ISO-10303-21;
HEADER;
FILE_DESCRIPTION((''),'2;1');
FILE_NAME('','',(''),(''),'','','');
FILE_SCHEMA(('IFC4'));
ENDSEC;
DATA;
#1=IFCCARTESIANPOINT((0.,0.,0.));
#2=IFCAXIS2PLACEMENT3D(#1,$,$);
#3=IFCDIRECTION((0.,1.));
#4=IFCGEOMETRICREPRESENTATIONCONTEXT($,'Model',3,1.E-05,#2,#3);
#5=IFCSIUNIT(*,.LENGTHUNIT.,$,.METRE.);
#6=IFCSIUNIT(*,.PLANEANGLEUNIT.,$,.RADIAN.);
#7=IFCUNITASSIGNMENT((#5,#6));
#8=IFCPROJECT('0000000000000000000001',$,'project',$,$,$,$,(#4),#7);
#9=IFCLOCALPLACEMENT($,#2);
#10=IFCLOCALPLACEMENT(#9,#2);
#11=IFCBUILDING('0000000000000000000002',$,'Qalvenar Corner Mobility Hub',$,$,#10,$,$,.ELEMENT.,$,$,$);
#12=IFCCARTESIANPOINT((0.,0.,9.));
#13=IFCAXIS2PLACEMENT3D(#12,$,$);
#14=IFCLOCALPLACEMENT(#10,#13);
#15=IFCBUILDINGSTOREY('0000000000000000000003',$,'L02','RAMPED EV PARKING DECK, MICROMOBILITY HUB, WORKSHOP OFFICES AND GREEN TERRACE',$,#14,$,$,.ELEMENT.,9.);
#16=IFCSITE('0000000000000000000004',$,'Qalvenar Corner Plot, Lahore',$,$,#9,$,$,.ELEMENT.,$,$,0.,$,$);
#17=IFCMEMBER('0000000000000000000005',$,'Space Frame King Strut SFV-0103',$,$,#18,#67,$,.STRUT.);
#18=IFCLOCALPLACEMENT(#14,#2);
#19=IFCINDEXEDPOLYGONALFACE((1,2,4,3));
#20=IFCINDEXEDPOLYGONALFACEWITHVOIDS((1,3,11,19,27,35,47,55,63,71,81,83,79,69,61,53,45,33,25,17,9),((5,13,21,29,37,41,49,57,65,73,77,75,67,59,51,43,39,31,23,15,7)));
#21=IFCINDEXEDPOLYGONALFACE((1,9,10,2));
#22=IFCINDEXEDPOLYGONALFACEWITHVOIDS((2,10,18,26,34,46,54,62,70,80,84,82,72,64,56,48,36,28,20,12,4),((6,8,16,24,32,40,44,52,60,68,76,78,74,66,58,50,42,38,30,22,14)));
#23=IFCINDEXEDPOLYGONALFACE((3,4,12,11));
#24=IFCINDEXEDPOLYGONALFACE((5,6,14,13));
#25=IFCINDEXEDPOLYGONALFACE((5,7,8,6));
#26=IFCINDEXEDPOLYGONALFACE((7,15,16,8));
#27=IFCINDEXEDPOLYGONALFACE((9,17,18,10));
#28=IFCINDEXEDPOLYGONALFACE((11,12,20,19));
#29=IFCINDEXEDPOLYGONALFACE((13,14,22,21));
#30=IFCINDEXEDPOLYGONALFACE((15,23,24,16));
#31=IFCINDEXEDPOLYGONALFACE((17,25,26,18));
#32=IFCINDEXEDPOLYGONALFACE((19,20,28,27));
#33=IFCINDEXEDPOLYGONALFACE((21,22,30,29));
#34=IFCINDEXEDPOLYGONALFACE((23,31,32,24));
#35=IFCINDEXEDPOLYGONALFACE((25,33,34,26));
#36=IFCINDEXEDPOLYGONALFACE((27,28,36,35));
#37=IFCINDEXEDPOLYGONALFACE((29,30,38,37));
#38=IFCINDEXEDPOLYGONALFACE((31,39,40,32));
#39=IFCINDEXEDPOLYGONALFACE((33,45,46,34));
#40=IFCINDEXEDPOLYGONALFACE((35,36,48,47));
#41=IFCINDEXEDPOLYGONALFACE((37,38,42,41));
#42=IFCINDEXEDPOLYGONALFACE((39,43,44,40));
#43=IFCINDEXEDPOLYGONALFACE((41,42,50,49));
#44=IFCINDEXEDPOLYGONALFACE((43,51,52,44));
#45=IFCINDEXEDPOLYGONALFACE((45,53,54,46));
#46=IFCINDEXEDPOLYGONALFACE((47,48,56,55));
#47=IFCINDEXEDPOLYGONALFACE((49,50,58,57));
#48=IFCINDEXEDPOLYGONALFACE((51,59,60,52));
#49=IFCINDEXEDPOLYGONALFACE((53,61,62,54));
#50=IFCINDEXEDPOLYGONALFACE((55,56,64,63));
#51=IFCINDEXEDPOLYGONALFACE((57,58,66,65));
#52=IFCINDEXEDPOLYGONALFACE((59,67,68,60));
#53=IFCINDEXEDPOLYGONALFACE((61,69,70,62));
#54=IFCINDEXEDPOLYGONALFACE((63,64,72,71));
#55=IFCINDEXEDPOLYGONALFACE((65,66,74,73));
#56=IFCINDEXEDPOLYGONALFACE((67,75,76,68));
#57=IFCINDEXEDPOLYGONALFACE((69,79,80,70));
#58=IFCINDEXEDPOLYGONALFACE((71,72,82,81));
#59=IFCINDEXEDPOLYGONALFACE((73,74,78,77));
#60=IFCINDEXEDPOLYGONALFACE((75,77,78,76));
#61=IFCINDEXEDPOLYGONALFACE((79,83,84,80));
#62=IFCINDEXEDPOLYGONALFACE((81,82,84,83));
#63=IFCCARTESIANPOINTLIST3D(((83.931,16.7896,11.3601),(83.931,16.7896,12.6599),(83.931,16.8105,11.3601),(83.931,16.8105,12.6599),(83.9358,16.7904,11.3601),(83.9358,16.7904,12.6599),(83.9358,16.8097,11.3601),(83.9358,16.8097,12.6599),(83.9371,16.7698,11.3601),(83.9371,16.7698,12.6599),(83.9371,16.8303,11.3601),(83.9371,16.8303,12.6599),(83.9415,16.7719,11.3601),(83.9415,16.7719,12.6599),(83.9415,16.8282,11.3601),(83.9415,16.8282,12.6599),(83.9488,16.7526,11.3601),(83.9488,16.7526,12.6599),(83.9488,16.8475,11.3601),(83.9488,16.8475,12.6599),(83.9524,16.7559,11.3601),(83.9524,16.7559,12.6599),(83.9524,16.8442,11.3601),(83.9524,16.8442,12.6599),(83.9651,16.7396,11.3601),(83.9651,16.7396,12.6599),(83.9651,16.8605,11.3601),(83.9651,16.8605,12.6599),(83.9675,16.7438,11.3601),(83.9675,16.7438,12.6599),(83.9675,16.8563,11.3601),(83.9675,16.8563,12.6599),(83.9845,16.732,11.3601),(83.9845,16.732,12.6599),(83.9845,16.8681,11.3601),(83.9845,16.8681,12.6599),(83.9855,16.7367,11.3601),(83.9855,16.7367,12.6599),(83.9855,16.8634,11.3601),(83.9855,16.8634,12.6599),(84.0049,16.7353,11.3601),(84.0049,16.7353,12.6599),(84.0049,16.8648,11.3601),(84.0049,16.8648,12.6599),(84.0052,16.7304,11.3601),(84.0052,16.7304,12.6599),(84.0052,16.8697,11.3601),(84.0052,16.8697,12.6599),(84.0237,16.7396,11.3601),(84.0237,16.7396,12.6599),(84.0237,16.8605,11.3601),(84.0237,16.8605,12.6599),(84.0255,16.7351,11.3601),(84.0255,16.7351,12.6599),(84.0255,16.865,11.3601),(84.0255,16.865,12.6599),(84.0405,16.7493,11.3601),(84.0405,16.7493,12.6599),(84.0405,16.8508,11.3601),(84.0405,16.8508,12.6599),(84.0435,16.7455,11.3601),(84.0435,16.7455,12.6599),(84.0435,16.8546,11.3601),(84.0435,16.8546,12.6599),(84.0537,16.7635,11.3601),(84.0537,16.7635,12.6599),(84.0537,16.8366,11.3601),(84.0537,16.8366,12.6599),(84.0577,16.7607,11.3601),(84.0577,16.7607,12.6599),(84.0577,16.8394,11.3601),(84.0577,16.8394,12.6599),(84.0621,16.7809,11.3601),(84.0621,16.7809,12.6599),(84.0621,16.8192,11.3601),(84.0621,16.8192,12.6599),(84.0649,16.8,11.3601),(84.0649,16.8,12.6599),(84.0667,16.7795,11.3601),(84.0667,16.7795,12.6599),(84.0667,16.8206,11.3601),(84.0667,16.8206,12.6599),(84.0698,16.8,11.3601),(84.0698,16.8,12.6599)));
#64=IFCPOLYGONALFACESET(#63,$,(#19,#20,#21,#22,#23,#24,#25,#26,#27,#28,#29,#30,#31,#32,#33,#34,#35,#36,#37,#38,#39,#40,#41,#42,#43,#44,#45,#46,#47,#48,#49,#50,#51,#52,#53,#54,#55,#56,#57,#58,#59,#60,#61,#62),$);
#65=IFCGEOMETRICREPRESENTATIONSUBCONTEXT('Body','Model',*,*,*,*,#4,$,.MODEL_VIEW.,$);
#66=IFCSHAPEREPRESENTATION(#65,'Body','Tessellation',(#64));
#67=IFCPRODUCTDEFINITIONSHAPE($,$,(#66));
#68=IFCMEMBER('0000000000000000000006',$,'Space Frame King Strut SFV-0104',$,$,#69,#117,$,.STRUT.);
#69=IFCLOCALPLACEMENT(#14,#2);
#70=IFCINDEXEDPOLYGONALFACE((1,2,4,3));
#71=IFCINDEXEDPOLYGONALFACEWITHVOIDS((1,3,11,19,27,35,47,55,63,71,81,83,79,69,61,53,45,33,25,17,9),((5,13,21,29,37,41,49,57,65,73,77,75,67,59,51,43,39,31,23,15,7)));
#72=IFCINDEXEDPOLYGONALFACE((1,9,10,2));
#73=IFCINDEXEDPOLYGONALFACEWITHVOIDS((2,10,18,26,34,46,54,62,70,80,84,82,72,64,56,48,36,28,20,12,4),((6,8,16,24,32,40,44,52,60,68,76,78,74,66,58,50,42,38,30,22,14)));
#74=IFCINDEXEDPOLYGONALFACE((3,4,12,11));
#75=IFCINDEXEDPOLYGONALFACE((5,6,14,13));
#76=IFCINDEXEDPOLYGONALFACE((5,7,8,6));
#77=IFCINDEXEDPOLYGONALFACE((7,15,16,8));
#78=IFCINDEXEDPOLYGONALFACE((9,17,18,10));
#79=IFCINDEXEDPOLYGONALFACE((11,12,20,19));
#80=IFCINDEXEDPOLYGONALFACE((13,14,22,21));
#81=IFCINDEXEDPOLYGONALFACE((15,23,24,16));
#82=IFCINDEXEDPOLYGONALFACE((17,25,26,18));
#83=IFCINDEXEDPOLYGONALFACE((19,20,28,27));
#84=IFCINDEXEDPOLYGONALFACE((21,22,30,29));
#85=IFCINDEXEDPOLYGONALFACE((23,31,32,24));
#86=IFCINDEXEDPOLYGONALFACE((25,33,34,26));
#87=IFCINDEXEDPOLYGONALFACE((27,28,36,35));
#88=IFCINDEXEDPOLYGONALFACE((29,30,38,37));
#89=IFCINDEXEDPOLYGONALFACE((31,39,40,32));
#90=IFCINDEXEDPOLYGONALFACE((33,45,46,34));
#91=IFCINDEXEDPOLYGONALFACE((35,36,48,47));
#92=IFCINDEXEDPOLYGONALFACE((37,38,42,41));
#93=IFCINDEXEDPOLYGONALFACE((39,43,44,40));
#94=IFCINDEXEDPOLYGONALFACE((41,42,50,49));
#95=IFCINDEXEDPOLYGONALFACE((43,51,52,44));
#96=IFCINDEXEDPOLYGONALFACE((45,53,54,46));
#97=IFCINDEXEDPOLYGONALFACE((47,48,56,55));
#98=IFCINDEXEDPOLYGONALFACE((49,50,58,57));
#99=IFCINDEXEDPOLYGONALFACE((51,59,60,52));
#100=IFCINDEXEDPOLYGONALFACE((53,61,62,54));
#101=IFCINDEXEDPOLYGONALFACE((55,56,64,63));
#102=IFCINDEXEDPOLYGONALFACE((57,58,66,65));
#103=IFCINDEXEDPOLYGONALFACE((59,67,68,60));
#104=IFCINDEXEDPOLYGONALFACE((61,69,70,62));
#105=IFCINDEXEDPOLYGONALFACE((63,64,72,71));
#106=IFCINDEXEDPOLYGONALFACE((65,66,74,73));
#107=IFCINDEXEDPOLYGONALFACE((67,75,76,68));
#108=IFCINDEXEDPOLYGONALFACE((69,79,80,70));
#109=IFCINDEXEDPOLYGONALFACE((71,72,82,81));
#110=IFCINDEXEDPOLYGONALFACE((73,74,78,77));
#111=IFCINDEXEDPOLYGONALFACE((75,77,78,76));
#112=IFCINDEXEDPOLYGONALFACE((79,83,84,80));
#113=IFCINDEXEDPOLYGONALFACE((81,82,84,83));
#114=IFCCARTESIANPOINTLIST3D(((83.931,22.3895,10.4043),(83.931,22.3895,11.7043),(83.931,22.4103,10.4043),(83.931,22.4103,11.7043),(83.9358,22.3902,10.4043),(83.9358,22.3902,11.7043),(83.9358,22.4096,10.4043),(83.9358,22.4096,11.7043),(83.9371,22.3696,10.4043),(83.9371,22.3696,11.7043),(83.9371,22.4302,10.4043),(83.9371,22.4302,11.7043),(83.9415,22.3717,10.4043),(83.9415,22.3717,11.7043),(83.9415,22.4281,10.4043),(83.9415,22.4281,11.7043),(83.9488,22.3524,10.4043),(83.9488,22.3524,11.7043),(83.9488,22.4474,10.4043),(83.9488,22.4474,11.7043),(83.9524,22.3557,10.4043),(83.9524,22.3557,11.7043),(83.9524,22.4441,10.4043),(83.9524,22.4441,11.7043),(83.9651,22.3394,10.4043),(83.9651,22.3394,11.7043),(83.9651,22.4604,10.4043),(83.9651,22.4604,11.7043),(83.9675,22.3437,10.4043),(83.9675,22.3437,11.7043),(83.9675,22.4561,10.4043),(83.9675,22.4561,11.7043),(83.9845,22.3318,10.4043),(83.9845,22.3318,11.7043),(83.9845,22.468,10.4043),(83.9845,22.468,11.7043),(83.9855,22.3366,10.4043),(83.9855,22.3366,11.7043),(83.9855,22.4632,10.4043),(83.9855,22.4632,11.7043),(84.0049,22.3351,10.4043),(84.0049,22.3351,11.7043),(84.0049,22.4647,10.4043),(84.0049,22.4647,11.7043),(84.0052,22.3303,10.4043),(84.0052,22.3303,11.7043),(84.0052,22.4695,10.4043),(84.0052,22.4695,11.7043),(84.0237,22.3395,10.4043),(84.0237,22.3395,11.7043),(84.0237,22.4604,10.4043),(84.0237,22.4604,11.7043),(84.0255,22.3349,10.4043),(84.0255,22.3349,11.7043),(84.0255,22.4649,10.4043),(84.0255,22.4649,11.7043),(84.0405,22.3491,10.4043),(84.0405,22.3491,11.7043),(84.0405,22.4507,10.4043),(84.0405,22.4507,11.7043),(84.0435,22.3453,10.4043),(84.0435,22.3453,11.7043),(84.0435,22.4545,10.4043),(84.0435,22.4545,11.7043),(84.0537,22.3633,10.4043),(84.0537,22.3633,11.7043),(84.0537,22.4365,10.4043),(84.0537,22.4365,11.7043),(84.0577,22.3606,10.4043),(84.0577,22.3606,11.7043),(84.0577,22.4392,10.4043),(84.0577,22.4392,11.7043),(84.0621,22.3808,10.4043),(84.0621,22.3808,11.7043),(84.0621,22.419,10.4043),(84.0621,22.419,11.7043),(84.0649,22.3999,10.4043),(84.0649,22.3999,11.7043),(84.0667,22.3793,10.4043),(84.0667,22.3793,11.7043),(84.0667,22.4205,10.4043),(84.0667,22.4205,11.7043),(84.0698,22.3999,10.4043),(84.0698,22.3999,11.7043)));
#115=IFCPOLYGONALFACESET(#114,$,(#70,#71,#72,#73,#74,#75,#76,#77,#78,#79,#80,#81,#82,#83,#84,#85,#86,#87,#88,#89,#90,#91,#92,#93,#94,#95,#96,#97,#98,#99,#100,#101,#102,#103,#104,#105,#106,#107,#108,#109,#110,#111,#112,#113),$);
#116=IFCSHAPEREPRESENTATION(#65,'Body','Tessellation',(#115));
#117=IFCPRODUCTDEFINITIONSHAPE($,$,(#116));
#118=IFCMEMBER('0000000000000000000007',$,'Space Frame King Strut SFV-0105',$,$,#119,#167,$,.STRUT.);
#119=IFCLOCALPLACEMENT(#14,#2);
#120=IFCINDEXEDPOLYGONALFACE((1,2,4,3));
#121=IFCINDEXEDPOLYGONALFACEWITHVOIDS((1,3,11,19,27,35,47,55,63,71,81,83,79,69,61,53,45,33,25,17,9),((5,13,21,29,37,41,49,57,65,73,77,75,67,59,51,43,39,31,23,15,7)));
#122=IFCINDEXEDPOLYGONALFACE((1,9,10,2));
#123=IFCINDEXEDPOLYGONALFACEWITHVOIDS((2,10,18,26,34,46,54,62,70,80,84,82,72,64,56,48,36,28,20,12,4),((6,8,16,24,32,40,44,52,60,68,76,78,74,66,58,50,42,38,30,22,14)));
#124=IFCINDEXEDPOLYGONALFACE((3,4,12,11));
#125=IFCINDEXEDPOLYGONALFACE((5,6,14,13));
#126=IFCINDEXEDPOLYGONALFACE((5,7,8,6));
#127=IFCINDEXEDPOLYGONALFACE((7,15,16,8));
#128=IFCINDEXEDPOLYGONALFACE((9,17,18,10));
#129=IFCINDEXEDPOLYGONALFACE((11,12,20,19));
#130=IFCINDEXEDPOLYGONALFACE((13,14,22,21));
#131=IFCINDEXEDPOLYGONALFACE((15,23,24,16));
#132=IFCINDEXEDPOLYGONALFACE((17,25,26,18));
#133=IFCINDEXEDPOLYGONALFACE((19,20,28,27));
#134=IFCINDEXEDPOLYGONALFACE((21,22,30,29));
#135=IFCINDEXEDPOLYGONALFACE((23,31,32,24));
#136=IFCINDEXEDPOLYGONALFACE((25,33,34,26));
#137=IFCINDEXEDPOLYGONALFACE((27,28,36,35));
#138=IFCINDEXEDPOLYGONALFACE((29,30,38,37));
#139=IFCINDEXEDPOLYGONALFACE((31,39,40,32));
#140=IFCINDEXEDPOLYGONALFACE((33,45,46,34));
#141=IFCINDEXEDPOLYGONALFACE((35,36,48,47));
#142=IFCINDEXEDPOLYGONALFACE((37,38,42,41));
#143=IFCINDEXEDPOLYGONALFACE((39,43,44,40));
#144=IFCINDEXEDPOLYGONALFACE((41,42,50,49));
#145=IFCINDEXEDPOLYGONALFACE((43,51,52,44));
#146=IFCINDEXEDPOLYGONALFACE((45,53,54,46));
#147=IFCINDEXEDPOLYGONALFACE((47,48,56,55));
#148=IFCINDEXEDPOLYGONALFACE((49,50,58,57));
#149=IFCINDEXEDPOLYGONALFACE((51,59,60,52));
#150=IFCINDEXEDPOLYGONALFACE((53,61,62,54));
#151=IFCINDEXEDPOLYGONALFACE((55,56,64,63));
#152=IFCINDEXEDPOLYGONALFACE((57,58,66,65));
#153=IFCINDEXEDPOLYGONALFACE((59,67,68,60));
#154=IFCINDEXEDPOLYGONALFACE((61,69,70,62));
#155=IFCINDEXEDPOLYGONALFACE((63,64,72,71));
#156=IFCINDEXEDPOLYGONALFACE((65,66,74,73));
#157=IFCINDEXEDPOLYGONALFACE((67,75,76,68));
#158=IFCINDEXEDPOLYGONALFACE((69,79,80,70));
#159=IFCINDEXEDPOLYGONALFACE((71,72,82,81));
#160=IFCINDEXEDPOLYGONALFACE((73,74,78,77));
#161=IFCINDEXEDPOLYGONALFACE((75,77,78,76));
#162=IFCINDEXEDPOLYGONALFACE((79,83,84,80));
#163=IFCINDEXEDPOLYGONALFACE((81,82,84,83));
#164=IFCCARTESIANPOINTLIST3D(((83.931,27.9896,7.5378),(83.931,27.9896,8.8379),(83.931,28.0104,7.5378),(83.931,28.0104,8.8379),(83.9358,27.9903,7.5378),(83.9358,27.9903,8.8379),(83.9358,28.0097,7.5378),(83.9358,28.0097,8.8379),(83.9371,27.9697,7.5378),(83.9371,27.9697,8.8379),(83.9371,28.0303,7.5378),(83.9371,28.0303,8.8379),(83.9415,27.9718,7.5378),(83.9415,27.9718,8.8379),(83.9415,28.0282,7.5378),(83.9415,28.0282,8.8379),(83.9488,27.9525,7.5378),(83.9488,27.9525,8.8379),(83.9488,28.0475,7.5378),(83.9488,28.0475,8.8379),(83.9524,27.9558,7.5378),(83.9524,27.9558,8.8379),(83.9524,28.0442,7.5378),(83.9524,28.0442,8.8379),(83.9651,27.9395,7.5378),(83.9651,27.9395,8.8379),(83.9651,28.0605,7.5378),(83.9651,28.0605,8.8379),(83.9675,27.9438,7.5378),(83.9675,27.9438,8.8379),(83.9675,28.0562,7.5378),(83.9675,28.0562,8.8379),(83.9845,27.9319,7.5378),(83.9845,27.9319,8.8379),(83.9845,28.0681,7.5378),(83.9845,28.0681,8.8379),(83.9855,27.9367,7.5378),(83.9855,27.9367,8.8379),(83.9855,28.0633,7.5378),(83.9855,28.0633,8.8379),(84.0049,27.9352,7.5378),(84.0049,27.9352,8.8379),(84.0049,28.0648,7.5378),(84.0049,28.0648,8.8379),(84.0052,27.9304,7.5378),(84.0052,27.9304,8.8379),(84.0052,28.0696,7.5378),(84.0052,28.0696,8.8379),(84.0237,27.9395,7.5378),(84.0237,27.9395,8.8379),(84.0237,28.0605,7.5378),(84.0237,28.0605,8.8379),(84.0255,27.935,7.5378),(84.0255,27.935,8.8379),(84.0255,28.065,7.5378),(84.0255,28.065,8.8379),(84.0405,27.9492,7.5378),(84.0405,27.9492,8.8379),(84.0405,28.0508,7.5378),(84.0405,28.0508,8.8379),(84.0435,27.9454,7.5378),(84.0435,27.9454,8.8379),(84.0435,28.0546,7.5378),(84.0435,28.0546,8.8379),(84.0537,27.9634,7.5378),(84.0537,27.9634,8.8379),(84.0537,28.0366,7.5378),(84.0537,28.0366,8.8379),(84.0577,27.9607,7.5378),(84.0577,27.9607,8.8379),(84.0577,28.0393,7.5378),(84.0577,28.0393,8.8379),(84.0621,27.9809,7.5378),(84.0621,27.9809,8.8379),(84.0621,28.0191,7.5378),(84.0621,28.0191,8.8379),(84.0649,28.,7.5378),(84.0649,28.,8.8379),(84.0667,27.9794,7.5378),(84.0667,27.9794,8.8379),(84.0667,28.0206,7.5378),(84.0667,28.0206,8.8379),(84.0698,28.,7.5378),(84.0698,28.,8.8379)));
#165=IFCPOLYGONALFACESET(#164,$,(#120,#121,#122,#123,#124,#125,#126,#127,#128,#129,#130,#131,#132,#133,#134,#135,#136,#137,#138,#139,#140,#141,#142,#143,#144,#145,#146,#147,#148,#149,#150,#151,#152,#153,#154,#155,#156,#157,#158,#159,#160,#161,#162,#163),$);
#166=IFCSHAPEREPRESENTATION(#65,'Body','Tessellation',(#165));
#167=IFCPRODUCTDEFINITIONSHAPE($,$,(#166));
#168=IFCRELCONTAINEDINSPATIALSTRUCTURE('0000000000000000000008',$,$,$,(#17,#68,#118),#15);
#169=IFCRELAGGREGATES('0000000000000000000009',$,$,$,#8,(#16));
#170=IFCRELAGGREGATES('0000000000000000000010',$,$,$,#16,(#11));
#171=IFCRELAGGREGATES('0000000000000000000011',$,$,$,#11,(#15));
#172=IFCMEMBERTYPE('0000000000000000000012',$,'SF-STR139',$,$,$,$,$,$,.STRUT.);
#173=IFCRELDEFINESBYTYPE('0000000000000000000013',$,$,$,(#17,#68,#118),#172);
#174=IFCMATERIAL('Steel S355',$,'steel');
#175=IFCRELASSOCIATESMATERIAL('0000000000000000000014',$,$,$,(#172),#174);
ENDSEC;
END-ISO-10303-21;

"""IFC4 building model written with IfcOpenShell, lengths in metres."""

from ifc_helpers import new_model, si_unit, direction, frame, origin, origin_2d, place, context, subcontext, project, spatial, hollow_circle, extrude, material, material_profile, profile_set, type_object, element, save


model = new_model("IFC4")

# Units and contexts
model_context = context("Model", 3, precision=1e-05, world=origin(), true_north=direction((0.0, 1.0)))
body_context = subcontext(model_context, "Body", "Model", "MODEL_VIEW")
ifc_project = project(units=[si_unit("LENGTHUNIT", "METRE"), si_unit("PLANEANGLEUNIT", "RADIAN")], contexts=[model_context])

# Site, building, storey
site_placement = place(None, origin())
site = spatial("IfcSite", under=ifc_project, at=site_placement, Name="Qalvenar Corner Plot, Lahore", CompositionType="ELEMENT", RefElevation=0.0)
building_placement = place(site_placement, origin())
building = spatial("IfcBuilding", under=site, at=building_placement, Name="Qalvenar Corner Mobility Hub", CompositionType="ELEMENT")
storey_placement = place(building_placement, frame((0.0, 0.0, 9.0)))
storey = spatial("IfcBuildingStorey", under=building, at=storey_placement, Name="L02", Description="RAMPED EV PARKING DECK, MICROMOBILITY HUB, WORKSHOP OFFICES AND GREEN TERRACE", CompositionType="ELEMENT", Elevation=9.0)

# Members
ifc_material_1 = material(Name="Steel S355", Category="steel")
ifc_material_profile_1 = material_profile(ifc_material_1, hollow_circle(Radius=0.0698, WallThickness=0.0049, at=origin_2d()), Name="CHS139.7x5")
ifc_profile_set_1 = profile_set([ifc_material_profile_1], Name="Steel S355")
member_type_1 = type_object("IfcMemberType", Name="SF-STR139", PredefinedType="STRUT", material=ifc_profile_set_1)
member_1_placement = place(storey_placement, frame((84.0, 16.8, 11.3601), z_axis=(0.0, 0.0, 1.0), x_axis=(1.0, 0.0, 0.0)))
element("IfcMember", 1, at=member_1_placement, inside=storey, type_object=member_type_1, Name="Space Frame King Strut SFV-0103", PredefinedType="STRUT", context=body_context, shape_type="SweptSolid", body=[
    extrude(hollow_circle(Radius=0.0698, WallThickness=0.0049, at=origin_2d()), origin(), (0.0, 0.0, 1.0), 1.2998),
])
for number, where, z_axis, x_axis, name in (
    (2, (84.0, 22.3999, 10.4043), (0.0, 0.0, 1.0), (1.0, 0.0, 0.0), "Space Frame King Strut SFV-0104"),
    (3, (84.0, 28.0, 7.5378), (0.0, 0.0, 1.0), (1.0, 0.0, 0.0), "Space Frame King Strut SFV-0105"),
):
    element("IfcMember", number, at=place(storey_placement, frame(where, z_axis=z_axis, x_axis=x_axis)), inside=storey, type_object=member_type_1, Name=name, PredefinedType="STRUT", context=body_context, shape_type="SweptSolid", body=[
        extrude(hollow_circle(Radius=0.0698, WallThickness=0.0049, at=origin_2d()), origin(), (0.0, 0.0, 1.0), 1.3),
    ])

save(model, "model.ifc")
